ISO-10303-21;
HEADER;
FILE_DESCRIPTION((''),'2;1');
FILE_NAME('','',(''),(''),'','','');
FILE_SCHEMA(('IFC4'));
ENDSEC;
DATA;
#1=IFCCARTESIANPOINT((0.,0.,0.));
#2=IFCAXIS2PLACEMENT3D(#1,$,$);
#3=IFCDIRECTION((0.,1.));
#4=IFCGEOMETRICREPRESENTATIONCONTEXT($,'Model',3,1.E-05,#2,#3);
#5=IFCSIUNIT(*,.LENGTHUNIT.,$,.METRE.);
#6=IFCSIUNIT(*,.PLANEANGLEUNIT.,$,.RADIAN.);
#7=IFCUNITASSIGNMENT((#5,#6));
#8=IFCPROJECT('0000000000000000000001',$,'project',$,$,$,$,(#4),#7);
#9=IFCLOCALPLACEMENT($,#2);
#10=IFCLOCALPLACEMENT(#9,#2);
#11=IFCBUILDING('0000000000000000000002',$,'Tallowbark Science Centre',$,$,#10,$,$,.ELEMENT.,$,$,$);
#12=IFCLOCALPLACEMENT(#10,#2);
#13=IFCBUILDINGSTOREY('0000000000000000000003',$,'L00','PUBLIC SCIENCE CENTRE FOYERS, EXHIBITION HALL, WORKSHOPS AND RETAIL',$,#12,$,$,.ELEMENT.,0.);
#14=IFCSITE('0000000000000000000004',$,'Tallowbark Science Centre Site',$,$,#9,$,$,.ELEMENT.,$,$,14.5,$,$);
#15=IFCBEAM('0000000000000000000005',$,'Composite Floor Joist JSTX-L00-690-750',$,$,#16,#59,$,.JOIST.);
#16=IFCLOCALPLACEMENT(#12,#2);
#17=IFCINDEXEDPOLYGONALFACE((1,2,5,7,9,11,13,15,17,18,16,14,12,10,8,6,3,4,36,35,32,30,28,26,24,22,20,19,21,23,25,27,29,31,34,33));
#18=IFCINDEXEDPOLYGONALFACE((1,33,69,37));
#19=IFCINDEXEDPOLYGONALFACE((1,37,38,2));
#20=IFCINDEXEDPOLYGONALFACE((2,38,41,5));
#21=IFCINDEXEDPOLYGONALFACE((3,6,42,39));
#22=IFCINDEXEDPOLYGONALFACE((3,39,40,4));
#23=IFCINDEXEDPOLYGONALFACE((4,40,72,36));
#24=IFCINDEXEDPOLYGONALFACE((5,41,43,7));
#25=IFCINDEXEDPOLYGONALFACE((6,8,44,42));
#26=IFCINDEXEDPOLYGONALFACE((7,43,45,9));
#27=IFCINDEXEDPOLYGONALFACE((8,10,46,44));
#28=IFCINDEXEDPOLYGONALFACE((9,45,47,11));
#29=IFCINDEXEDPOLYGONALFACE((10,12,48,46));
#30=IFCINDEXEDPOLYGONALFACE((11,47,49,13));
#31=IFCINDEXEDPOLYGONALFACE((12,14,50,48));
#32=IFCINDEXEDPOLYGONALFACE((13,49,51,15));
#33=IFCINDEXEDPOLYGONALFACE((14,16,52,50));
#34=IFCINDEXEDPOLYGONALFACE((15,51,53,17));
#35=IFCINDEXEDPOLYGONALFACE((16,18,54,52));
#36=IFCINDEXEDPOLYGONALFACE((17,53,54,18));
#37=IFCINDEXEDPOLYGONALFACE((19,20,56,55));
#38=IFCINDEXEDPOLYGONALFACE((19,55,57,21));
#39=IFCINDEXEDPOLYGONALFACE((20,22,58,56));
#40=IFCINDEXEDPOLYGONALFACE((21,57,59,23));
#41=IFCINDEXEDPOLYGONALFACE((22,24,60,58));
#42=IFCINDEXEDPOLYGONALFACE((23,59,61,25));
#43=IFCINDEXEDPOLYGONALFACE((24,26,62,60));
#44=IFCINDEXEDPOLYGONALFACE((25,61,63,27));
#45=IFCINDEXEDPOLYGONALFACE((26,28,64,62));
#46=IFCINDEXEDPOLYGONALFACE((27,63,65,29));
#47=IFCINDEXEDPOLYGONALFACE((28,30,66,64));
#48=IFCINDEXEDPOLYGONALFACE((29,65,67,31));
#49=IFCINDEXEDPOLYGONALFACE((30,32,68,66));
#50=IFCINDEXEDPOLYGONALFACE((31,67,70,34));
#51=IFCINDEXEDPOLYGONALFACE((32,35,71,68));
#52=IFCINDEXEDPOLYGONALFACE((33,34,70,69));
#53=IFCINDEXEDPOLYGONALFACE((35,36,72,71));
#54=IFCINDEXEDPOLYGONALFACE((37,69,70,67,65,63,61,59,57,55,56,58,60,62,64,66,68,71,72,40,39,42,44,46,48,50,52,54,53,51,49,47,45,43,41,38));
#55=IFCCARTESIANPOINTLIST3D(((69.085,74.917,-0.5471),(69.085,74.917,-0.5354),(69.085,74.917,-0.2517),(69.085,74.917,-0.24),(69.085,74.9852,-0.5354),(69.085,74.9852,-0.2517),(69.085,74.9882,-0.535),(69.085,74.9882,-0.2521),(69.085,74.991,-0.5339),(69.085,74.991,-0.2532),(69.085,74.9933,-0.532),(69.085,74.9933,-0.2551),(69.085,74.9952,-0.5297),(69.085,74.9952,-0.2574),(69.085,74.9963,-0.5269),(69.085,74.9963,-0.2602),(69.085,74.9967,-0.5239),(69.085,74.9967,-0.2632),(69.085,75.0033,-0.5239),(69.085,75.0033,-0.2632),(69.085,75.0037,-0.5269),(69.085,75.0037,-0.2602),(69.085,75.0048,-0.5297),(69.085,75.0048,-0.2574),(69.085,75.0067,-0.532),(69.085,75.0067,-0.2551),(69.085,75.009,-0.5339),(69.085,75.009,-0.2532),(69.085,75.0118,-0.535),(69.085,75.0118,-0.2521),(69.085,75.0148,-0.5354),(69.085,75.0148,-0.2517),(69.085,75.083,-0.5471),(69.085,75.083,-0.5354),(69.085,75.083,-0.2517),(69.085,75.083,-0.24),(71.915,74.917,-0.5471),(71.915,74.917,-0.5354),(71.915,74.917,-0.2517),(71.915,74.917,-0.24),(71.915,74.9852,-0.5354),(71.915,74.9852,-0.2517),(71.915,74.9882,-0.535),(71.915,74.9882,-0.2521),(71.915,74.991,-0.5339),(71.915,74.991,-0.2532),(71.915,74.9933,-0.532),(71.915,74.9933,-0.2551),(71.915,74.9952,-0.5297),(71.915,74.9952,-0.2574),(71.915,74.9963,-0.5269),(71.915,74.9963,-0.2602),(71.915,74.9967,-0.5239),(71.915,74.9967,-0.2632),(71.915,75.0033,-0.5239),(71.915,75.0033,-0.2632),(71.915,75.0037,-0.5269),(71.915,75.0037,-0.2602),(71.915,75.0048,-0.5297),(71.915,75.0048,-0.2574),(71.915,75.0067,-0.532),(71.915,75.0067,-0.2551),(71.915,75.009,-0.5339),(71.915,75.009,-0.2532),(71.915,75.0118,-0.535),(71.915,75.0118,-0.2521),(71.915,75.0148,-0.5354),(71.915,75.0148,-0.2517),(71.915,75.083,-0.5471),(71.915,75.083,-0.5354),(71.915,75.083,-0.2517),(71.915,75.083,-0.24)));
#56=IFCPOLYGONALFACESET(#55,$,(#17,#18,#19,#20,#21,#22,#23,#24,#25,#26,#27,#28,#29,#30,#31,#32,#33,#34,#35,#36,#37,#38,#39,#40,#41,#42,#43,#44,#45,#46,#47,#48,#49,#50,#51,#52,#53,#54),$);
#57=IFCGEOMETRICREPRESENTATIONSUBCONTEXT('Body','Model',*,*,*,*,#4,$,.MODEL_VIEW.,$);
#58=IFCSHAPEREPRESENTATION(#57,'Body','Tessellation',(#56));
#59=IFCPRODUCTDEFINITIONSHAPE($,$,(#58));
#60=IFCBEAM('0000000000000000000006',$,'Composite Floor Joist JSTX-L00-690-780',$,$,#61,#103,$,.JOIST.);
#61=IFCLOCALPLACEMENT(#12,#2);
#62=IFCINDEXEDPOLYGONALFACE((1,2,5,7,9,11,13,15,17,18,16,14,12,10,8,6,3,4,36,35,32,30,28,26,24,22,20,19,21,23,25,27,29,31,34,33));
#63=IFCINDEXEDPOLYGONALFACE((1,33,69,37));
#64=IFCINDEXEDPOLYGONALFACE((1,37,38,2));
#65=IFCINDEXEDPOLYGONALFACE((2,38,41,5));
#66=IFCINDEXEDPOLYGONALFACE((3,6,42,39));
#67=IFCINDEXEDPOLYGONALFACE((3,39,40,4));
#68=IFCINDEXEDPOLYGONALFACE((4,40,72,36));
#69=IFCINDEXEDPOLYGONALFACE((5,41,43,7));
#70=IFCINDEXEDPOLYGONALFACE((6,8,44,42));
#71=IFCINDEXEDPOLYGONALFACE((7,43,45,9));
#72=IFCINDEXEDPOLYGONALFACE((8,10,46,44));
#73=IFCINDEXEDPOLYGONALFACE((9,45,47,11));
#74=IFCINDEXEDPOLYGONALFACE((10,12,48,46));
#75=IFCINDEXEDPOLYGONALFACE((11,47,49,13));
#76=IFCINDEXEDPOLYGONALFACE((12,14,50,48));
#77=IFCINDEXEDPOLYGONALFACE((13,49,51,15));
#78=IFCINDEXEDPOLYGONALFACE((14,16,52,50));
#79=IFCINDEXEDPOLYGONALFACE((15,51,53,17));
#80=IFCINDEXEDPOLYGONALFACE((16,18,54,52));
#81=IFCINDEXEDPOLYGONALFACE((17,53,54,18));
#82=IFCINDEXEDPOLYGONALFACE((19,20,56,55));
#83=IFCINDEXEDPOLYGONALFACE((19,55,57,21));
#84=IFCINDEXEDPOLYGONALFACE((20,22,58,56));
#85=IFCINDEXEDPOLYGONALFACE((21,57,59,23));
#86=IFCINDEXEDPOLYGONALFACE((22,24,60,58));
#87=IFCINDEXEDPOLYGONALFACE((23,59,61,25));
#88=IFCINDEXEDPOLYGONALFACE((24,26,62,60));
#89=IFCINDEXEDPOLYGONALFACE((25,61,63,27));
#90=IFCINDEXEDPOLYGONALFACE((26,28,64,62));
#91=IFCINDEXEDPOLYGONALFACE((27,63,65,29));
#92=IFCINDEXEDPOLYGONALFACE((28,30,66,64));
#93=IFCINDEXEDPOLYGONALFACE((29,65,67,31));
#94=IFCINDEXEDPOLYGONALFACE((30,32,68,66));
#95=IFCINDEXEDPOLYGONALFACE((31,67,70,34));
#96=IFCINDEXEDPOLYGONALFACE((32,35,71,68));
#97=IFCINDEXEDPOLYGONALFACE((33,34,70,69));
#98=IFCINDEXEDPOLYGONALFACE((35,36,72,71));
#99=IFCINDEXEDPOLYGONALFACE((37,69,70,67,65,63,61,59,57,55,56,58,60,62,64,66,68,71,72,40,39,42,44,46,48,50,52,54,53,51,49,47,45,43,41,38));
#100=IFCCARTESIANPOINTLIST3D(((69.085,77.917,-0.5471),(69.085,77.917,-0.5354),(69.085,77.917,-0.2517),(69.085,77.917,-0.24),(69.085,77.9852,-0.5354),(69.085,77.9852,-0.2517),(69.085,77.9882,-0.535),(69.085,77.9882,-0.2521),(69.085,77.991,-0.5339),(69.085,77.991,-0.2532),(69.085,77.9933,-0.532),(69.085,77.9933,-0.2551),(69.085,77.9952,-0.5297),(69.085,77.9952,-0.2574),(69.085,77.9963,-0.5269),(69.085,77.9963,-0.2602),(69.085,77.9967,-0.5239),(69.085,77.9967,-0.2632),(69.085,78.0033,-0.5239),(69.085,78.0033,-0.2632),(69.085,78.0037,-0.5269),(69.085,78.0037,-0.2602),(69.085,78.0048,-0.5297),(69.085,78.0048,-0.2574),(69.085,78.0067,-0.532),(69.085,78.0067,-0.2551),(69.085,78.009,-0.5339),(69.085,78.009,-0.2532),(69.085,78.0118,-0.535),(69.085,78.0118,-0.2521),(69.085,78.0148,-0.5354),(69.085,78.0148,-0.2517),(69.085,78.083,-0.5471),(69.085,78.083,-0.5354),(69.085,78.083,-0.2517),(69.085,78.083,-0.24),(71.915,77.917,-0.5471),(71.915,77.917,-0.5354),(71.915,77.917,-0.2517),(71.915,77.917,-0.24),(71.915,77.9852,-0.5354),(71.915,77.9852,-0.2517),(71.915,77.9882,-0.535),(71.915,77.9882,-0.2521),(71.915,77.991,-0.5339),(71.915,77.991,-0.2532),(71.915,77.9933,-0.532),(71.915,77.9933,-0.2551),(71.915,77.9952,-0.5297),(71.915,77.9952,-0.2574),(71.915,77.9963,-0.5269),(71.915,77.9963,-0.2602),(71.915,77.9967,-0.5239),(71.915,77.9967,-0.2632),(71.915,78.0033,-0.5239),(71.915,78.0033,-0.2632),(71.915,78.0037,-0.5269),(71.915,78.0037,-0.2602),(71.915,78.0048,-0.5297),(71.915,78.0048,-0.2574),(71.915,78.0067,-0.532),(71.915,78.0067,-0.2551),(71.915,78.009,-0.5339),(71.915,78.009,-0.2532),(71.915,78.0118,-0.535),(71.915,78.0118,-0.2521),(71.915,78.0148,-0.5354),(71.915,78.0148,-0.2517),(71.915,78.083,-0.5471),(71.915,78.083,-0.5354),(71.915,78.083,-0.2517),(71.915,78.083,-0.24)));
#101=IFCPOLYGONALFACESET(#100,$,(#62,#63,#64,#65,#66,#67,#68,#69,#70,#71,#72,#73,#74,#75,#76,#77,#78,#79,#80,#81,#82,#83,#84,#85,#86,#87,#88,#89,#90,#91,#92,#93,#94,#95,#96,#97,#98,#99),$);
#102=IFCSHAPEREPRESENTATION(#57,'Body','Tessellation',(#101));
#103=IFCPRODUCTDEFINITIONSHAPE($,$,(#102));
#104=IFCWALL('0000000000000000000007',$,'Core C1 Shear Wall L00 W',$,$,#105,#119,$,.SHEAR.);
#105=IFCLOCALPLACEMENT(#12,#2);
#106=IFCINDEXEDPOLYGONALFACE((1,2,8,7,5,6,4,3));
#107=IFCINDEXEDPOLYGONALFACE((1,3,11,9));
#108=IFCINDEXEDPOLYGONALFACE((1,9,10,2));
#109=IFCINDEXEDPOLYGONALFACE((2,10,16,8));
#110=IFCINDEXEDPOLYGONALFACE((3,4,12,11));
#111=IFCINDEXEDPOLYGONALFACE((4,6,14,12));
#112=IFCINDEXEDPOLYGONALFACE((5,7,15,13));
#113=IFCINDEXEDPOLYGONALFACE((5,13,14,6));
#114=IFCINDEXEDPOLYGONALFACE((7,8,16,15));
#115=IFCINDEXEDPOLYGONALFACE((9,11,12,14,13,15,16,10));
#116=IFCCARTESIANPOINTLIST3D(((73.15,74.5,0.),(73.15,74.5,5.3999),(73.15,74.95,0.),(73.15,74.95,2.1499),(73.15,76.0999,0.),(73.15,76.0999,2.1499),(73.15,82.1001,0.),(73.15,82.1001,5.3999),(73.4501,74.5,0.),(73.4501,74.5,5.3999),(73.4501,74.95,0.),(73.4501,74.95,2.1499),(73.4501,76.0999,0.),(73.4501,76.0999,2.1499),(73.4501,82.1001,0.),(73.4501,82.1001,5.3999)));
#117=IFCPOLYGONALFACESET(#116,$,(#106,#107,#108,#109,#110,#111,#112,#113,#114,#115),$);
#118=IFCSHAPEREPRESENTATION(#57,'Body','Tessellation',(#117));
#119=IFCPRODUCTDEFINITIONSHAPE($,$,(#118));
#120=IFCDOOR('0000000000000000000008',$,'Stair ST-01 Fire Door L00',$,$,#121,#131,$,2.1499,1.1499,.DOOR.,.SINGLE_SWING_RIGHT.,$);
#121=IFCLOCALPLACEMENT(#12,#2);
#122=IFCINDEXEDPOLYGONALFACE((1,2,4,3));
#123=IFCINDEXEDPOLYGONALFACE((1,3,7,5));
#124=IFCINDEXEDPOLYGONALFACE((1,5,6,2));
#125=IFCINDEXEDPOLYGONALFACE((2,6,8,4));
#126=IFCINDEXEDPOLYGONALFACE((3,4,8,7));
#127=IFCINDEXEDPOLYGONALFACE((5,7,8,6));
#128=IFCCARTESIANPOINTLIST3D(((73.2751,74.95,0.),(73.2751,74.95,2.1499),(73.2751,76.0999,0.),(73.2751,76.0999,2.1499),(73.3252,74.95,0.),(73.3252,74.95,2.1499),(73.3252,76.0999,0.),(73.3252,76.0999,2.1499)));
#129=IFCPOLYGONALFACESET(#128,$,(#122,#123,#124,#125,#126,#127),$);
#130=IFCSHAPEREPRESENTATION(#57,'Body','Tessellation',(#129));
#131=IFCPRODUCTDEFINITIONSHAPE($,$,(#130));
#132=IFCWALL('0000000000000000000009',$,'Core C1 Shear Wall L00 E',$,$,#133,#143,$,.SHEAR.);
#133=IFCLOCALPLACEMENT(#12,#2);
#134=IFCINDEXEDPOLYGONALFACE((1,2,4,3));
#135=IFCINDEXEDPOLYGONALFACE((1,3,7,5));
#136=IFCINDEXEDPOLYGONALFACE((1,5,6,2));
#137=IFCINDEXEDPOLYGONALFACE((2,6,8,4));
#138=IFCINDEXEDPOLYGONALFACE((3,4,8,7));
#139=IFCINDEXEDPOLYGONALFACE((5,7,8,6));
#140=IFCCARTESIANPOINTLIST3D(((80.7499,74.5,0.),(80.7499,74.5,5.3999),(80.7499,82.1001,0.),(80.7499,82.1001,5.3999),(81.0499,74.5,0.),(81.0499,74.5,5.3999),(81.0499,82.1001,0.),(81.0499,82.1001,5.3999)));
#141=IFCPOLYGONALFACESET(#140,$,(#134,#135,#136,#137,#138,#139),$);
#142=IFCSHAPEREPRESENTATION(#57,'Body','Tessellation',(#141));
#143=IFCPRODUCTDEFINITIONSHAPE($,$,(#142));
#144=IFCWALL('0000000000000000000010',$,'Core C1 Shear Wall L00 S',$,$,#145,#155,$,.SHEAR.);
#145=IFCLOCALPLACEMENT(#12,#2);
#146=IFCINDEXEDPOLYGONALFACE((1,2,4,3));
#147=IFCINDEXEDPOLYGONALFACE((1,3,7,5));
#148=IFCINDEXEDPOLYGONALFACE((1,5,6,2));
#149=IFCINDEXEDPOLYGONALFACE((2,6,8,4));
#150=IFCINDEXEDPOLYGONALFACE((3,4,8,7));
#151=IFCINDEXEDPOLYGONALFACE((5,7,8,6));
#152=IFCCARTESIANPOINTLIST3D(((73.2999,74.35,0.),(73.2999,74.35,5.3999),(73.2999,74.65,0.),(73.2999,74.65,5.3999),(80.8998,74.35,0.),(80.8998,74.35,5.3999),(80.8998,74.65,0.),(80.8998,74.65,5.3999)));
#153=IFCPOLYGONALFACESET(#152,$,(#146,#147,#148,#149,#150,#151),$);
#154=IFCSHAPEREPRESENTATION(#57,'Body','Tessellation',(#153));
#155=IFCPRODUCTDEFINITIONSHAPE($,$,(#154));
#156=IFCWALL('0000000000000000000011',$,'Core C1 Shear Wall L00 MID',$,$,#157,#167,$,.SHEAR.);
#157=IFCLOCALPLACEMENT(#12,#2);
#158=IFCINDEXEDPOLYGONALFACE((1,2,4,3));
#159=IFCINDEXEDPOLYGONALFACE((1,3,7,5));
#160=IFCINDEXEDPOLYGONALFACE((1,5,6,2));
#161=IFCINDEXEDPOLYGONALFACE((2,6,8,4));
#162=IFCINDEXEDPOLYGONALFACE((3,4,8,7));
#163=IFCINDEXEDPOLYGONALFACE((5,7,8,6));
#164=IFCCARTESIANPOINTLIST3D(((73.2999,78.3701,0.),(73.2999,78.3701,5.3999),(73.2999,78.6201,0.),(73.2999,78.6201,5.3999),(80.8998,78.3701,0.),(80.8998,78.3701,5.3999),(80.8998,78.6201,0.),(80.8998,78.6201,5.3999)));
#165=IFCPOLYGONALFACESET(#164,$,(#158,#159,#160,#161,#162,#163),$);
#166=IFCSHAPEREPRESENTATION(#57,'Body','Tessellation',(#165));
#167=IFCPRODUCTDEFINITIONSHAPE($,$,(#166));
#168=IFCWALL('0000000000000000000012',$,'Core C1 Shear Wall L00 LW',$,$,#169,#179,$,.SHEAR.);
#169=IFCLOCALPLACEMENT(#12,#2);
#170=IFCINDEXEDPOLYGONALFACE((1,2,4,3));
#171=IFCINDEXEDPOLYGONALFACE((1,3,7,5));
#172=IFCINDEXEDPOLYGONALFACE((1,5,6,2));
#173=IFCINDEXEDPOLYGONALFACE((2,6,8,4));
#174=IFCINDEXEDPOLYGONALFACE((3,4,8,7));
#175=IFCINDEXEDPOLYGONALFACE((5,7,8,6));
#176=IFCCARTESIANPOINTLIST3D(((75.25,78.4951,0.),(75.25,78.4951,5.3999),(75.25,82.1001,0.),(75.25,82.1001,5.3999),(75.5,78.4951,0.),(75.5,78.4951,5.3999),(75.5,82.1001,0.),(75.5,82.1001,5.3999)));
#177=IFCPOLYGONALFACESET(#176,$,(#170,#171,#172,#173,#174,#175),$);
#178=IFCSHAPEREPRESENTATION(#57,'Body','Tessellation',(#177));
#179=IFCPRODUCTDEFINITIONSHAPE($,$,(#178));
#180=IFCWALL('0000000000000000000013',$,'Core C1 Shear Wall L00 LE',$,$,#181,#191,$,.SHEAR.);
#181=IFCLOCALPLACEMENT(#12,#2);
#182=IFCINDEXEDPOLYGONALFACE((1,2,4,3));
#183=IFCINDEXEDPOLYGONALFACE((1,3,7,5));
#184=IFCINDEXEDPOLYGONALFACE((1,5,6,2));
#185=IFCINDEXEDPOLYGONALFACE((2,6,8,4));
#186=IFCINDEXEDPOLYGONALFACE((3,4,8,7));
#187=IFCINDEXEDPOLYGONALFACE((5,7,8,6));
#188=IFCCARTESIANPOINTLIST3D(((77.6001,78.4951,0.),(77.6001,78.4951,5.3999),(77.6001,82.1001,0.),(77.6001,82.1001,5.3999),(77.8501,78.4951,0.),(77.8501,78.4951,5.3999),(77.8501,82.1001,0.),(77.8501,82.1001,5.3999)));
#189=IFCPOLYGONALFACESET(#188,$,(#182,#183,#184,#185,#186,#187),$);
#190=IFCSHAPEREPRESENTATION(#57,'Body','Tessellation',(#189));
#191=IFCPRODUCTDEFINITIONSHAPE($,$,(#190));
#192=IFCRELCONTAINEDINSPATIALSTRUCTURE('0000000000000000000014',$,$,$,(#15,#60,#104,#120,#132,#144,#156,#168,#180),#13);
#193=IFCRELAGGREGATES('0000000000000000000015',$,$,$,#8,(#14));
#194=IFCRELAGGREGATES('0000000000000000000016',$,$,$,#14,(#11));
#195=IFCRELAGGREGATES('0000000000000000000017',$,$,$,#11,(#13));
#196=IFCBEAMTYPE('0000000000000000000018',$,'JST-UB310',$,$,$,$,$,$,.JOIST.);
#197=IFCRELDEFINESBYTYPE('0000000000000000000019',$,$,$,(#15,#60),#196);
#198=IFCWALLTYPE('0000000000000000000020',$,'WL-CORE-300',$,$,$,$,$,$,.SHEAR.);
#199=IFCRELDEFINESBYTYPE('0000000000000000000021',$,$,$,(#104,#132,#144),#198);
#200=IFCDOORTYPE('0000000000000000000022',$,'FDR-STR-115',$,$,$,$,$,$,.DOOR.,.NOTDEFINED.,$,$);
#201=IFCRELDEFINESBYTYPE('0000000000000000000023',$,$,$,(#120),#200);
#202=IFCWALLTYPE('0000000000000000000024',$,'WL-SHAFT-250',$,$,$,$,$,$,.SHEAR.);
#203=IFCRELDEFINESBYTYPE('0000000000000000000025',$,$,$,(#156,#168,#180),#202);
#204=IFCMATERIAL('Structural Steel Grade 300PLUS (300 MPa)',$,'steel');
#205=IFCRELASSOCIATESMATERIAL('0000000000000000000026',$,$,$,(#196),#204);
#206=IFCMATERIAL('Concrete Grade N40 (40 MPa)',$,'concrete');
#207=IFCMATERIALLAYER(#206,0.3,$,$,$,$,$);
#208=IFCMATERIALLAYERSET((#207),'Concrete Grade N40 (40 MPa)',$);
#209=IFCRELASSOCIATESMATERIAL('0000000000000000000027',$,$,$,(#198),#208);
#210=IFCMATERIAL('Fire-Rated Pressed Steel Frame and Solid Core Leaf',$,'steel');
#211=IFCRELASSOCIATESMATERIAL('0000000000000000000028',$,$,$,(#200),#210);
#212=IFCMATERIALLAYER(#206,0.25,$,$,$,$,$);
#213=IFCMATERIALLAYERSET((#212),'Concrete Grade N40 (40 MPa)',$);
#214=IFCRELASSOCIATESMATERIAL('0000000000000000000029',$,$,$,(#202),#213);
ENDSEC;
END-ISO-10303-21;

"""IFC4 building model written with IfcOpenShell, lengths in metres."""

from ifc_helpers import new_model, si_unit, direction, frame, frame_2d, origin, origin_2d, place, context, subcontext, project, spatial, rectangle, i_section, extrude, material, layer, layer_set, material_profile, profile_set, type_object, element, fill, save


model = new_model("IFC4")

# Units and contexts
model_context = context("Model", 3, precision=1e-05, world=origin(), true_north=direction((0.0, 1.0)))
body_context = subcontext(model_context, "Body", "Model", "MODEL_VIEW")
ifc_project = project(units=[si_unit("LENGTHUNIT", "METRE"), si_unit("PLANEANGLEUNIT", "RADIAN")], contexts=[model_context])

# Site, building, storey
site_placement = place(None, origin())
site = spatial("IfcSite", under=ifc_project, at=site_placement, Name="Tallowbark Science Centre Site", CompositionType="ELEMENT", RefElevation=14.5)
building_placement = place(site_placement, origin())
building = spatial("IfcBuilding", under=site, at=building_placement, Name="Tallowbark Science Centre", CompositionType="ELEMENT")
storey_placement = place(building_placement, origin())
storey = spatial("IfcBuildingStorey", under=building, at=storey_placement, Name="L00", Description="PUBLIC SCIENCE CENTRE FOYERS, EXHIBITION HALL, WORKSHOPS AND RETAIL", CompositionType="ELEMENT", Elevation=0.0)

# Shared definitions
ifc_material_1 = material(Name="Structural Steel Grade 300PLUS (300 MPa)", Category="steel")

# Beams
ifc_material_2 = material(Name="Concrete Grade N40 (40 MPa)", Category="concrete")
ifc_material_profile_1 = material_profile(ifc_material_1, i_section(OverallWidth=0.166, OverallDepth=0.3071, WebThickness=0.0066, FlangeThickness=0.0117, FilletRadius=0.0115, at=origin_2d()), Name="310UB46.2")
ifc_profile_set_1 = profile_set([ifc_material_profile_1], Name="Structural Steel Grade 300PLUS (300 MPa)")
beam_type_1 = type_object("IfcBeamType", Name="JST-UB310", PredefinedType="JOIST", material=ifc_profile_set_1)
for number, where, z_axis, x_axis, name in (
    (1, (69.085, 75.0, -0.3936), (1.0, 0.0, 0.0), (0.0, 1.0, 0.0), "Composite Floor Joist JSTX-L00-690-750"),
    (2, (69.085, 78.0, -0.3936), (1.0, 0.0, 0.0), (0.0, 1.0, 0.0), "Composite Floor Joist JSTX-L00-690-780"),
):
    element("IfcBeam", number, at=place(storey_placement, frame(where, z_axis=z_axis, x_axis=x_axis)), inside=storey, type_object=beam_type_1, Name=name, PredefinedType="JOIST", context=body_context, shape_type="SweptSolid", body=[
        extrude(i_section(OverallWidth=0.166, OverallDepth=0.3071, WebThickness=0.0066, FlangeThickness=0.0117, FilletRadius=0.0115, at=origin_2d()), origin(), (0.0, 0.0, 1.0), 2.8301),
    ])

# Wall, opening, door
ifc_layer_1 = layer(ifc_material_2, 0.3)
ifc_layer_set_1 = layer_set([ifc_layer_1], Name="Concrete Grade N40 (40 MPa)")
wall_type_1 = type_object("IfcWallType", Name="WL-CORE-300", PredefinedType="SHEAR", material=ifc_layer_set_1)
wall_1_placement = place(storey_placement, frame((73.3, 74.5, 0.0), z_axis=(0.0, 0.0, 1.0), x_axis=(0.0, 1.0, 0.0)))
wall_1 = element("IfcWall", 3, at=wall_1_placement, inside=storey, type_object=wall_type_1, Name="Core C1 Shear Wall L00 W", PredefinedType="SHEAR", context=body_context, shape_type="SweptSolid", body=[
    extrude(rectangle(XDim=7.6001, YDim=0.3, at=frame_2d((3.8, 0.0))), origin(), (0.0, 0.0, 1.0), 5.3999),
])
opening_placement = place(wall_1_placement, frame((0.45, 0.0, 0.0)))
opening = element("IfcOpeningElement", 4, at=opening_placement, cuts=wall_1, PredefinedType="OPENING", context=body_context, shape_type="SweptSolid", body=[
    extrude(rectangle(XDim=1.1499, YDim=2.1499, at=frame_2d((0.575, 1.075))), frame((0.0, 0.1602, 0.0), z_axis=(0.0, -1.0, 0.0), x_axis=(1.0, 0.0, 0.0)), (0.0, 0.0, 1.0), 0.3201),
])
ifc_material_3 = material(Name="Fire-Rated Pressed Steel Frame and Solid Core Leaf", Category="steel")
door_type = type_object("IfcDoorType", Name="FDR-STR-115", OperationType="NOTDEFINED", PredefinedType="DOOR", material=ifc_material_3)
door_placement = place(opening_placement, origin())
door = element("IfcDoor", 5, at=door_placement, inside=storey, type_object=door_type, Name="Stair ST-01 Fire Door L00", OperationType="SINGLE_SWING_RIGHT", OverallHeight=2.1499, OverallWidth=1.1499, PredefinedType="DOOR", context=body_context, shape_type="SweptSolid", body=[
    extrude(rectangle(XDim=1.1499, YDim=2.1499, at=frame_2d((0.575, 1.075))), frame((0.0, 0.0249, 0.0), z_axis=(0.0, -1.0, 0.0), x_axis=(1.0, 0.0, 0.0)), (0.0, 0.0, 1.0), 0.05),
])
fill(opening, door)

# Walls
wall_2_placement = place(storey_placement, frame((80.8999, 74.5, 0.0), z_axis=(0.0, 0.0, 1.0), x_axis=(0.0, 1.0, 0.0)))
element("IfcWall", 6, at=wall_2_placement, inside=storey, type_object=wall_type_1, Name="Core C1 Shear Wall L00 E", PredefinedType="SHEAR", context=body_context, shape_type="SweptSolid", body=[
    extrude(rectangle(XDim=7.6001, YDim=0.3, at=frame_2d((3.8, 0.0))), origin(), (0.0, 0.0, 1.0), 5.3999),
])
wall_3_placement = place(storey_placement, frame((73.3, 74.5, 0.0), z_axis=(0.0, 0.0, 1.0), x_axis=(1.0, 0.0, 0.0)))
element("IfcWall", 7, at=wall_3_placement, inside=storey, type_object=wall_type_1, Name="Core C1 Shear Wall L00 S", PredefinedType="SHEAR", context=body_context, shape_type="SweptSolid", body=[
    extrude(rectangle(XDim=7.5999, YDim=0.3, at=frame_2d((3.7998, 0.0))), origin(), (0.0, 0.0, 1.0), 5.3999),
])
ifc_layer_2 = layer(ifc_material_2, 0.25)
ifc_layer_set_2 = layer_set([ifc_layer_2], Name="Concrete Grade N40 (40 MPa)")
wall_type_2 = type_object("IfcWallType", Name="WL-SHAFT-250", PredefinedType="SHEAR", material=ifc_layer_set_2)
wall_4_placement = place(storey_placement, frame((73.3, 78.4951, 0.0), z_axis=(0.0, 0.0, 1.0), x_axis=(1.0, 0.0, 0.0)))
element("IfcWall", 8, at=wall_4_placement, inside=storey, type_object=wall_type_2, Name="Core C1 Shear Wall L00 MID", PredefinedType="SHEAR", context=body_context, shape_type="SweptSolid", body=[
    extrude(rectangle(XDim=7.5999, YDim=0.25, at=frame_2d((3.7998, 0.0))), origin(), (0.0, 0.0, 1.0), 5.3999),
])
for number, where, z_axis, x_axis, name in (
    (9, (75.375, 78.4951, 0.0), (0.0, 0.0, 1.0), (0.0, 1.0, 0.0), "Core C1 Shear Wall L00 LW"),
    (10, (77.7251, 78.4951, 0.0), (0.0, 0.0, 1.0), (0.0, 1.0, 0.0), "Core C1 Shear Wall L00 LE"),
):
    element("IfcWall", number, at=place(storey_placement, frame(where, z_axis=z_axis, x_axis=x_axis)), inside=storey, type_object=wall_type_2, Name=name, PredefinedType="SHEAR", context=body_context, shape_type="SweptSolid", body=[
        extrude(rectangle(XDim=3.605, YDim=0.25, at=frame_2d((1.8025, 0.0))), origin(), (0.0, 0.0, 1.0), 5.3999),
    ])

save(model, "model.ifc")
